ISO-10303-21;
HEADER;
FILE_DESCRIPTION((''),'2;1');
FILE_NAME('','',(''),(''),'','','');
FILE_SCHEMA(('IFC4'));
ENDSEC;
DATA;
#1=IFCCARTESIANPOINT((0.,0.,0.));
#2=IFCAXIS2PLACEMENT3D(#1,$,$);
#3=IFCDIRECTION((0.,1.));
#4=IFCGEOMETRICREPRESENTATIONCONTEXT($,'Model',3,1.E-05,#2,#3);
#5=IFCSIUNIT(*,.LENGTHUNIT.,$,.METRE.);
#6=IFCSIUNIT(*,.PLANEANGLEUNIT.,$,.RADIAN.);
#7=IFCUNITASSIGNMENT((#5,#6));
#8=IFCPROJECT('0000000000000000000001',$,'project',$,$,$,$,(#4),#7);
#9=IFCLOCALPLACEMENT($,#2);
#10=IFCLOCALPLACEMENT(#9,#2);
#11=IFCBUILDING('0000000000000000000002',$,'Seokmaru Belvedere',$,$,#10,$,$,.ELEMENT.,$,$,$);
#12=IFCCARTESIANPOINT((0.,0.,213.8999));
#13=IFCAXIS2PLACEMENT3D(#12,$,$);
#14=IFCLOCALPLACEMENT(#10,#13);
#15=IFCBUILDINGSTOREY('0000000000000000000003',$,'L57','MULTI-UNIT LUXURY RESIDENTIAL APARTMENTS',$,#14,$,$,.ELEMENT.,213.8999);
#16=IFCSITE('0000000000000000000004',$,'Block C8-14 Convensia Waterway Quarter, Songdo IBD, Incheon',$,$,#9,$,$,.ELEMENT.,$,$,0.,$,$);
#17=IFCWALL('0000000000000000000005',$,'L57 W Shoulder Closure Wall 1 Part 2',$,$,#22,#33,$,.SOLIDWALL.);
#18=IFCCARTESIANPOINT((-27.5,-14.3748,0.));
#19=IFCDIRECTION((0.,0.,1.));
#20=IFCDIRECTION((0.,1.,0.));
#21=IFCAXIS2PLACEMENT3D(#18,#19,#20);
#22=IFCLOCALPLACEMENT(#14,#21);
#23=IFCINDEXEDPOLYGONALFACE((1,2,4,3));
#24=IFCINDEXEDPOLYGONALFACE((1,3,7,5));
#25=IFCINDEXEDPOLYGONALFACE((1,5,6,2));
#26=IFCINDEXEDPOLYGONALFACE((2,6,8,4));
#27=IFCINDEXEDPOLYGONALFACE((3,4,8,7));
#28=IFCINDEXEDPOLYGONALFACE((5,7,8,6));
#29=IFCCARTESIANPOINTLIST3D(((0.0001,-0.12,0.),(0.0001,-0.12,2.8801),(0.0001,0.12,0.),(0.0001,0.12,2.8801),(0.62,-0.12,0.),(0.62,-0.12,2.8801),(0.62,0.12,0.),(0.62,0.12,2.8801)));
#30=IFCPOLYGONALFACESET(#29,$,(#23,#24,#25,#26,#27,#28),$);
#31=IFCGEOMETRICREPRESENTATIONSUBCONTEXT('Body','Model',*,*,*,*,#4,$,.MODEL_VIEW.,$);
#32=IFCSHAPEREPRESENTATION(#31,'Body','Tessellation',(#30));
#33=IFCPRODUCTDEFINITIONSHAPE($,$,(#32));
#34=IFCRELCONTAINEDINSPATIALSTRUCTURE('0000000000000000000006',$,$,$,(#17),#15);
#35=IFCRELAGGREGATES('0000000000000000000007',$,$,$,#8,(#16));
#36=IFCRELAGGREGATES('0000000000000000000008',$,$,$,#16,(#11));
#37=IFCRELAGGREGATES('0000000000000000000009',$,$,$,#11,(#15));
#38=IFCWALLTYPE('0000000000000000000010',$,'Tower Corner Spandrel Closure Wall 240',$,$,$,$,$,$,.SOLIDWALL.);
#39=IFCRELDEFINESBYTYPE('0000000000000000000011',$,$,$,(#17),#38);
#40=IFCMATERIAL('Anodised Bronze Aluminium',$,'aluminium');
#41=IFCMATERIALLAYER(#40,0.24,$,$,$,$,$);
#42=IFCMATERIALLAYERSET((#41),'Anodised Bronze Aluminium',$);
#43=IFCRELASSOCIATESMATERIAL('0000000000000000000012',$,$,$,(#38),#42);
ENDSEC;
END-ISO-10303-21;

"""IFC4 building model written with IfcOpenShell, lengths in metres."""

from ifc_helpers import new_model, si_unit, direction, frame, frame_2d, origin, place, context, subcontext, project, spatial, rectangle, extrude, material, layer, layer_set, type_object, element, save


model = new_model("IFC4")

# Units and contexts
model_context = context("Model", 3, precision=1e-05, world=origin(), true_north=direction((0.0, 1.0)))
body_context = subcontext(model_context, "Body", "Model", "MODEL_VIEW")
ifc_project = project(units=[si_unit("LENGTHUNIT", "METRE"), si_unit("PLANEANGLEUNIT", "RADIAN")], contexts=[model_context])

# Site, building, storey
site_placement = place(None, origin())
site = spatial("IfcSite", under=ifc_project, at=site_placement, Name="Block C8-14 Convensia Waterway Quarter, Songdo IBD, Incheon", CompositionType="ELEMENT", RefElevation=0.0)
building_placement = place(site_placement, origin())
building = spatial("IfcBuilding", under=site, at=building_placement, Name="Seokmaru Belvedere", CompositionType="ELEMENT")
storey_placement = place(building_placement, frame((0.0, 0.0, 213.8999)))
storey = spatial("IfcBuildingStorey", under=building, at=storey_placement, Name="L57", Description="MULTI-UNIT LUXURY RESIDENTIAL APARTMENTS", CompositionType="ELEMENT", Elevation=213.8999)

# Shared definitions
ifc_material_1 = material(Name="Anodised Bronze Aluminium", Category="aluminium")

# Wall
ifc_layer_1 = layer(ifc_material_1, 0.24)
ifc_layer_set_1 = layer_set([ifc_layer_1], Name="Anodised Bronze Aluminium")
wall_type_1 = type_object("IfcWallType", Name="Tower Corner Spandrel Closure Wall 240", PredefinedType="SOLIDWALL", material=ifc_layer_set_1)
wall_1_placement = place(storey_placement, frame((-27.5, -14.3748, 0.0), z_axis=(0.0, 0.0, 1.0), x_axis=(0.0, 1.0, 0.0)))
element("IfcWall", 1, at=wall_1_placement, inside=storey, type_object=wall_type_1, Name="L57 W Shoulder Closure Wall 1 Part 2", PredefinedType="SOLIDWALL", context=body_context, shape_type="SweptSolid", body=[
    extrude(rectangle(XDim=0.6199, YDim=0.24, at=frame_2d((0.3101, 0.0))), origin(), (0.0, 0.0, 1.0), 2.8801),
])

save(model, "model.ifc")
